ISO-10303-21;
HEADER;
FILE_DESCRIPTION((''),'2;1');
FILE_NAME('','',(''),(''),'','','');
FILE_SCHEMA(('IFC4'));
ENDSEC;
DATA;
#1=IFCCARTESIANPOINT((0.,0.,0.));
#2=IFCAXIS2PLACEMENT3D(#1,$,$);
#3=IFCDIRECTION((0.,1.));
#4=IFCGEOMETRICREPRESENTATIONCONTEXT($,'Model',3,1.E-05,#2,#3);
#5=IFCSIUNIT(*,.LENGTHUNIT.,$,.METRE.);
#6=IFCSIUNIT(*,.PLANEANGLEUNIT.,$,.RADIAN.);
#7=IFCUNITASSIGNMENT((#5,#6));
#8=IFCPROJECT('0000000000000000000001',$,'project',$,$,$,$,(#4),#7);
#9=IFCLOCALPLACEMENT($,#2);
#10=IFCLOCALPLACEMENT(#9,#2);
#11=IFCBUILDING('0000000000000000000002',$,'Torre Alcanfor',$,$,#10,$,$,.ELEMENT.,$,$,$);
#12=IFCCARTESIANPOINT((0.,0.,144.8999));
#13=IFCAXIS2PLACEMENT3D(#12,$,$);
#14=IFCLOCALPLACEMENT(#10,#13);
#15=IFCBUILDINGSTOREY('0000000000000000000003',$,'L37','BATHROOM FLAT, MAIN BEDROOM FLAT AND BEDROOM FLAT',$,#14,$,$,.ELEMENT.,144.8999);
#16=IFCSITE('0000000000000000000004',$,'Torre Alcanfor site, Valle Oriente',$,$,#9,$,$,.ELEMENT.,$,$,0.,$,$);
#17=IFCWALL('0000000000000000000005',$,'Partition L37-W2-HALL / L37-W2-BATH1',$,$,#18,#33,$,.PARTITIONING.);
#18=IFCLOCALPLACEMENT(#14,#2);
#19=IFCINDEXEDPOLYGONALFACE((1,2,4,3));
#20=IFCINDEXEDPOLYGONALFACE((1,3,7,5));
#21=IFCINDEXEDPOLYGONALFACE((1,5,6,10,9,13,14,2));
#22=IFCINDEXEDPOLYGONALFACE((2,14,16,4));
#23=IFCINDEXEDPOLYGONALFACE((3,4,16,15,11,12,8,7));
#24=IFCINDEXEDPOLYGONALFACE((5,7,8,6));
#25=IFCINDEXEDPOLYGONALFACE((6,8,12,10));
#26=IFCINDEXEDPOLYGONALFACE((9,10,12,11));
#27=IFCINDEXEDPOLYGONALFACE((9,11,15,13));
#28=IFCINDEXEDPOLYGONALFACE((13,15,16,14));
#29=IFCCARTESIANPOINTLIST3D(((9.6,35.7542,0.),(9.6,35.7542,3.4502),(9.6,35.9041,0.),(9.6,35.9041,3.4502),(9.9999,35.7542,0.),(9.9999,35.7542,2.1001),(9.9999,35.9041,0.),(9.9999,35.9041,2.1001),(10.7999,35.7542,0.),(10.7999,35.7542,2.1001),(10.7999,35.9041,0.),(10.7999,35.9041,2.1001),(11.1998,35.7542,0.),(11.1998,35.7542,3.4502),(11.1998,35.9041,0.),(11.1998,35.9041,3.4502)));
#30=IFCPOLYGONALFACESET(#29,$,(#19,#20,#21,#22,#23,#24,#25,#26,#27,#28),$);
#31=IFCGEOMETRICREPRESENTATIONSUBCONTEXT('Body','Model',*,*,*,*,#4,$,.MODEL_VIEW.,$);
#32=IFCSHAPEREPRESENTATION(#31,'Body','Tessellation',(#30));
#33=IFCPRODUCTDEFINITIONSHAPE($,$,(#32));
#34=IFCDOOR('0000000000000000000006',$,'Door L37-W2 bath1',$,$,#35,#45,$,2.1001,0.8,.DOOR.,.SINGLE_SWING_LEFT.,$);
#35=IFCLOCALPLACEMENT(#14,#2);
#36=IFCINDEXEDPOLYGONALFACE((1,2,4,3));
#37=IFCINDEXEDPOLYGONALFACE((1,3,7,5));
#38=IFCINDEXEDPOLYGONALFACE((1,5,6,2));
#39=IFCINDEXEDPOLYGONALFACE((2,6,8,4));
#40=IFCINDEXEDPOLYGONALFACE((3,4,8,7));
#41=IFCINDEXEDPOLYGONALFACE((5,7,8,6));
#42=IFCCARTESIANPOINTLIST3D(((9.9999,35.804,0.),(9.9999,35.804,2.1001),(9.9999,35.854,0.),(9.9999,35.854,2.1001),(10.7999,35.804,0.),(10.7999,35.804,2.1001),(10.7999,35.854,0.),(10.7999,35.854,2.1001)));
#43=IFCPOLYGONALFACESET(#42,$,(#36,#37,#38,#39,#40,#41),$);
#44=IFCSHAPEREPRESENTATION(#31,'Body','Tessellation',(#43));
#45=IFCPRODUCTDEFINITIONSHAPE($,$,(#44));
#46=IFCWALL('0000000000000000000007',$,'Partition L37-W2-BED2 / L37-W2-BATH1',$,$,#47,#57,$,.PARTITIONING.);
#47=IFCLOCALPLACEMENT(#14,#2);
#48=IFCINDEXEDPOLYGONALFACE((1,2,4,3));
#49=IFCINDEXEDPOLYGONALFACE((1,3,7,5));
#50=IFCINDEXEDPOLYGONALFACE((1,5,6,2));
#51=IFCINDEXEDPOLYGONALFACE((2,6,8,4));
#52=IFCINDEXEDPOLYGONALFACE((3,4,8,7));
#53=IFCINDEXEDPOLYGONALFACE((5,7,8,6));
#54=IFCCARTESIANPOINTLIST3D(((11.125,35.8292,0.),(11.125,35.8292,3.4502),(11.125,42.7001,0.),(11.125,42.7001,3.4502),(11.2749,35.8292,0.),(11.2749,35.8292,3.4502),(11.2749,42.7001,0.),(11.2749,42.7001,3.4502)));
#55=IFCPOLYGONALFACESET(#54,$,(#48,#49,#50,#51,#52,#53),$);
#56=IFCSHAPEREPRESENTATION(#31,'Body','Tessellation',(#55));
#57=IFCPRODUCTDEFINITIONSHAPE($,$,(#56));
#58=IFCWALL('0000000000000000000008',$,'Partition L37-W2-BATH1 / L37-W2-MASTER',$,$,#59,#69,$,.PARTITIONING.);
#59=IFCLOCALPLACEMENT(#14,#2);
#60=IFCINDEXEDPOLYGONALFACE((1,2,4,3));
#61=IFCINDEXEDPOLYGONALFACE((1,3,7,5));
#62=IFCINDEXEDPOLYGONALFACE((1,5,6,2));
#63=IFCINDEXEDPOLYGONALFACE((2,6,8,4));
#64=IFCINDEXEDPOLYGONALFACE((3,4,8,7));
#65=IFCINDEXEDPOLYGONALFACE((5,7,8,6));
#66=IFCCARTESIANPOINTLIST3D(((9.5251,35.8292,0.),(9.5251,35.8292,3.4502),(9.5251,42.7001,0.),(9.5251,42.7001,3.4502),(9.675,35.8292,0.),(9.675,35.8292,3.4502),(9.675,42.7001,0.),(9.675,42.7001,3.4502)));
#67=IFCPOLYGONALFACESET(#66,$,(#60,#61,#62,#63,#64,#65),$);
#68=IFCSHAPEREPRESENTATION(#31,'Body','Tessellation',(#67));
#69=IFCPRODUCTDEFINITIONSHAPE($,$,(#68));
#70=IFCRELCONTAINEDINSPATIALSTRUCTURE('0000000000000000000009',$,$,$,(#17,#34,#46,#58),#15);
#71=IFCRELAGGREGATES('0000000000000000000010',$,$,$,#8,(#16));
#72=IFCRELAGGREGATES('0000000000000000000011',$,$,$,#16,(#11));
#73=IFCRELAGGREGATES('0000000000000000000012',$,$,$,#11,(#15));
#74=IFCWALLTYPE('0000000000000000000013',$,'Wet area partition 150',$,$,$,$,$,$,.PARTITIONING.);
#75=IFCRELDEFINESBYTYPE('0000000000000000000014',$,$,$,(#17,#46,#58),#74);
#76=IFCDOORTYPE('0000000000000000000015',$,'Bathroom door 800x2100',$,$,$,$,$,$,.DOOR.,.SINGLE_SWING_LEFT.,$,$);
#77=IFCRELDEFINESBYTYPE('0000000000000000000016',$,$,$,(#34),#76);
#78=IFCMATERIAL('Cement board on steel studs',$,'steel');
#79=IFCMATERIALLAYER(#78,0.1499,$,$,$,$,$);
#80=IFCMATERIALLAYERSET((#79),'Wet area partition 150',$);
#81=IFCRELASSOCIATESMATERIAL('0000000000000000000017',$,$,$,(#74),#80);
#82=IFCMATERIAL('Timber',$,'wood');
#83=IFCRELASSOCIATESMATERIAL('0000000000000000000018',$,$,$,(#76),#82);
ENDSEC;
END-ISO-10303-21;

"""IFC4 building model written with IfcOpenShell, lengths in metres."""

from ifc_helpers import new_model, si_unit, direction, frame, frame_2d, origin, place, context, subcontext, project, spatial, rectangle, extrude, material, layer, layer_set, type_object, element, fill, save


model = new_model("IFC4")

# Units and contexts
model_context = context("Model", 3, precision=1e-05, world=origin(), true_north=direction((0.0, 1.0)))
body_context = subcontext(model_context, "Body", "Model", "MODEL_VIEW")
ifc_project = project(units=[si_unit("LENGTHUNIT", "METRE"), si_unit("PLANEANGLEUNIT", "RADIAN")], contexts=[model_context])

# Site, building, storey
site_placement = place(None, origin())
site = spatial("IfcSite", under=ifc_project, at=site_placement, Name="Torre Alcanfor site, Valle Oriente", CompositionType="ELEMENT", RefElevation=0.0)
building_placement = place(site_placement, origin())
building = spatial("IfcBuilding", under=site, at=building_placement, Name="Torre Alcanfor", CompositionType="ELEMENT")
storey_placement = place(building_placement, frame((0.0, 0.0, 144.8999)))
storey = spatial("IfcBuildingStorey", under=building, at=storey_placement, Name="L37", Description="BATHROOM FLAT, MAIN BEDROOM FLAT AND BEDROOM FLAT", CompositionType="ELEMENT", Elevation=144.8999)

# Wall, opening, door
ifc_material_1 = material(Name="Cement board on steel studs", Category="steel")
ifc_layer_1 = layer(ifc_material_1, 0.1499)
ifc_layer_set_1 = layer_set([ifc_layer_1], Name="Wet area partition 150")
wall_type_1 = type_object("IfcWallType", Name="Wet area partition 150", PredefinedType="PARTITIONING", material=ifc_layer_set_1)
wall_1_placement = place(storey_placement, frame((9.6001, 35.8291, 0.0), z_axis=(0.0, 0.0, 1.0), x_axis=(1.0, 0.0, 0.0)))
wall_1 = element("IfcWall", 1, at=wall_1_placement, inside=storey, type_object=wall_type_1, Name="Partition L37-W2-HALL / L37-W2-BATH1", PredefinedType="PARTITIONING", context=body_context, shape_type="SweptSolid", body=[
    extrude(rectangle(XDim=1.5999, YDim=0.1499, at=frame_2d((0.7998, 0.0))), origin(), (0.0, 0.0, 1.0), 3.4502),
])
opening_1_placement = place(wall_1_placement, frame((0.3999, 0.0, 0.0)))
opening_1 = element("IfcOpeningElement", 2, at=opening_1_placement, cuts=wall_1, PredefinedType="OPENING", context=body_context, shape_type="SweptSolid", body=[
    extrude(rectangle(XDim=0.8, YDim=2.1001, at=frame_2d((0.3999, 1.05))), frame((0.0, 0.085, 0.0), z_axis=(0.0, -1.0, 0.0), x_axis=(1.0, 0.0, 0.0)), (0.0, 0.0, 1.0), 0.1699),
])
ifc_material_2 = material(Name="Timber", Category="wood")
door_type_1 = type_object("IfcDoorType", Name="Bathroom door 800x2100", OperationType="SINGLE_SWING_LEFT", PredefinedType="DOOR", material=ifc_material_2)
door_1_placement = place(opening_1_placement, origin())
door_1 = element("IfcDoor", 3, at=door_1_placement, inside=storey, type_object=door_type_1, Name="Door L37-W2 bath1", OperationType="SINGLE_SWING_LEFT", OverallHeight=2.1001, OverallWidth=0.8, PredefinedType="DOOR", context=body_context, shape_type="SweptSolid", body=[
    extrude(rectangle(XDim=0.8, YDim=2.1001, at=frame_2d((0.3999, 1.05))), frame((0.0, 0.0249, 0.0), z_axis=(0.0, -1.0, 0.0), x_axis=(1.0, 0.0, 0.0)), (0.0, 0.0, 1.0), 0.05),
])
fill(opening_1, door_1)

# Walls
for number, where, z_axis, x_axis, name in (
    (4, (11.2, 35.8291, 0.0), (0.0, 0.0, 1.0), (0.0, 1.0, 0.0), "Partition L37-W2-BED2 / L37-W2-BATH1"),
    (5, (9.6001, 35.8291, 0.0), (0.0, 0.0, 1.0), (0.0, 1.0, 0.0), "Partition L37-W2-BATH1 / L37-W2-MASTER"),
):
    element("IfcWall", number, at=place(storey_placement, frame(where, z_axis=z_axis, x_axis=x_axis)), inside=storey, type_object=wall_type_1, Name=name, PredefinedType="PARTITIONING", context=body_context, shape_type="SweptSolid", body=[
        extrude(rectangle(XDim=6.8708, YDim=0.1499, at=frame_2d((3.4355, 0.0))), origin(), (0.0, 0.0, 1.0), 3.4502),
    ])

save(model, "model.ifc")
